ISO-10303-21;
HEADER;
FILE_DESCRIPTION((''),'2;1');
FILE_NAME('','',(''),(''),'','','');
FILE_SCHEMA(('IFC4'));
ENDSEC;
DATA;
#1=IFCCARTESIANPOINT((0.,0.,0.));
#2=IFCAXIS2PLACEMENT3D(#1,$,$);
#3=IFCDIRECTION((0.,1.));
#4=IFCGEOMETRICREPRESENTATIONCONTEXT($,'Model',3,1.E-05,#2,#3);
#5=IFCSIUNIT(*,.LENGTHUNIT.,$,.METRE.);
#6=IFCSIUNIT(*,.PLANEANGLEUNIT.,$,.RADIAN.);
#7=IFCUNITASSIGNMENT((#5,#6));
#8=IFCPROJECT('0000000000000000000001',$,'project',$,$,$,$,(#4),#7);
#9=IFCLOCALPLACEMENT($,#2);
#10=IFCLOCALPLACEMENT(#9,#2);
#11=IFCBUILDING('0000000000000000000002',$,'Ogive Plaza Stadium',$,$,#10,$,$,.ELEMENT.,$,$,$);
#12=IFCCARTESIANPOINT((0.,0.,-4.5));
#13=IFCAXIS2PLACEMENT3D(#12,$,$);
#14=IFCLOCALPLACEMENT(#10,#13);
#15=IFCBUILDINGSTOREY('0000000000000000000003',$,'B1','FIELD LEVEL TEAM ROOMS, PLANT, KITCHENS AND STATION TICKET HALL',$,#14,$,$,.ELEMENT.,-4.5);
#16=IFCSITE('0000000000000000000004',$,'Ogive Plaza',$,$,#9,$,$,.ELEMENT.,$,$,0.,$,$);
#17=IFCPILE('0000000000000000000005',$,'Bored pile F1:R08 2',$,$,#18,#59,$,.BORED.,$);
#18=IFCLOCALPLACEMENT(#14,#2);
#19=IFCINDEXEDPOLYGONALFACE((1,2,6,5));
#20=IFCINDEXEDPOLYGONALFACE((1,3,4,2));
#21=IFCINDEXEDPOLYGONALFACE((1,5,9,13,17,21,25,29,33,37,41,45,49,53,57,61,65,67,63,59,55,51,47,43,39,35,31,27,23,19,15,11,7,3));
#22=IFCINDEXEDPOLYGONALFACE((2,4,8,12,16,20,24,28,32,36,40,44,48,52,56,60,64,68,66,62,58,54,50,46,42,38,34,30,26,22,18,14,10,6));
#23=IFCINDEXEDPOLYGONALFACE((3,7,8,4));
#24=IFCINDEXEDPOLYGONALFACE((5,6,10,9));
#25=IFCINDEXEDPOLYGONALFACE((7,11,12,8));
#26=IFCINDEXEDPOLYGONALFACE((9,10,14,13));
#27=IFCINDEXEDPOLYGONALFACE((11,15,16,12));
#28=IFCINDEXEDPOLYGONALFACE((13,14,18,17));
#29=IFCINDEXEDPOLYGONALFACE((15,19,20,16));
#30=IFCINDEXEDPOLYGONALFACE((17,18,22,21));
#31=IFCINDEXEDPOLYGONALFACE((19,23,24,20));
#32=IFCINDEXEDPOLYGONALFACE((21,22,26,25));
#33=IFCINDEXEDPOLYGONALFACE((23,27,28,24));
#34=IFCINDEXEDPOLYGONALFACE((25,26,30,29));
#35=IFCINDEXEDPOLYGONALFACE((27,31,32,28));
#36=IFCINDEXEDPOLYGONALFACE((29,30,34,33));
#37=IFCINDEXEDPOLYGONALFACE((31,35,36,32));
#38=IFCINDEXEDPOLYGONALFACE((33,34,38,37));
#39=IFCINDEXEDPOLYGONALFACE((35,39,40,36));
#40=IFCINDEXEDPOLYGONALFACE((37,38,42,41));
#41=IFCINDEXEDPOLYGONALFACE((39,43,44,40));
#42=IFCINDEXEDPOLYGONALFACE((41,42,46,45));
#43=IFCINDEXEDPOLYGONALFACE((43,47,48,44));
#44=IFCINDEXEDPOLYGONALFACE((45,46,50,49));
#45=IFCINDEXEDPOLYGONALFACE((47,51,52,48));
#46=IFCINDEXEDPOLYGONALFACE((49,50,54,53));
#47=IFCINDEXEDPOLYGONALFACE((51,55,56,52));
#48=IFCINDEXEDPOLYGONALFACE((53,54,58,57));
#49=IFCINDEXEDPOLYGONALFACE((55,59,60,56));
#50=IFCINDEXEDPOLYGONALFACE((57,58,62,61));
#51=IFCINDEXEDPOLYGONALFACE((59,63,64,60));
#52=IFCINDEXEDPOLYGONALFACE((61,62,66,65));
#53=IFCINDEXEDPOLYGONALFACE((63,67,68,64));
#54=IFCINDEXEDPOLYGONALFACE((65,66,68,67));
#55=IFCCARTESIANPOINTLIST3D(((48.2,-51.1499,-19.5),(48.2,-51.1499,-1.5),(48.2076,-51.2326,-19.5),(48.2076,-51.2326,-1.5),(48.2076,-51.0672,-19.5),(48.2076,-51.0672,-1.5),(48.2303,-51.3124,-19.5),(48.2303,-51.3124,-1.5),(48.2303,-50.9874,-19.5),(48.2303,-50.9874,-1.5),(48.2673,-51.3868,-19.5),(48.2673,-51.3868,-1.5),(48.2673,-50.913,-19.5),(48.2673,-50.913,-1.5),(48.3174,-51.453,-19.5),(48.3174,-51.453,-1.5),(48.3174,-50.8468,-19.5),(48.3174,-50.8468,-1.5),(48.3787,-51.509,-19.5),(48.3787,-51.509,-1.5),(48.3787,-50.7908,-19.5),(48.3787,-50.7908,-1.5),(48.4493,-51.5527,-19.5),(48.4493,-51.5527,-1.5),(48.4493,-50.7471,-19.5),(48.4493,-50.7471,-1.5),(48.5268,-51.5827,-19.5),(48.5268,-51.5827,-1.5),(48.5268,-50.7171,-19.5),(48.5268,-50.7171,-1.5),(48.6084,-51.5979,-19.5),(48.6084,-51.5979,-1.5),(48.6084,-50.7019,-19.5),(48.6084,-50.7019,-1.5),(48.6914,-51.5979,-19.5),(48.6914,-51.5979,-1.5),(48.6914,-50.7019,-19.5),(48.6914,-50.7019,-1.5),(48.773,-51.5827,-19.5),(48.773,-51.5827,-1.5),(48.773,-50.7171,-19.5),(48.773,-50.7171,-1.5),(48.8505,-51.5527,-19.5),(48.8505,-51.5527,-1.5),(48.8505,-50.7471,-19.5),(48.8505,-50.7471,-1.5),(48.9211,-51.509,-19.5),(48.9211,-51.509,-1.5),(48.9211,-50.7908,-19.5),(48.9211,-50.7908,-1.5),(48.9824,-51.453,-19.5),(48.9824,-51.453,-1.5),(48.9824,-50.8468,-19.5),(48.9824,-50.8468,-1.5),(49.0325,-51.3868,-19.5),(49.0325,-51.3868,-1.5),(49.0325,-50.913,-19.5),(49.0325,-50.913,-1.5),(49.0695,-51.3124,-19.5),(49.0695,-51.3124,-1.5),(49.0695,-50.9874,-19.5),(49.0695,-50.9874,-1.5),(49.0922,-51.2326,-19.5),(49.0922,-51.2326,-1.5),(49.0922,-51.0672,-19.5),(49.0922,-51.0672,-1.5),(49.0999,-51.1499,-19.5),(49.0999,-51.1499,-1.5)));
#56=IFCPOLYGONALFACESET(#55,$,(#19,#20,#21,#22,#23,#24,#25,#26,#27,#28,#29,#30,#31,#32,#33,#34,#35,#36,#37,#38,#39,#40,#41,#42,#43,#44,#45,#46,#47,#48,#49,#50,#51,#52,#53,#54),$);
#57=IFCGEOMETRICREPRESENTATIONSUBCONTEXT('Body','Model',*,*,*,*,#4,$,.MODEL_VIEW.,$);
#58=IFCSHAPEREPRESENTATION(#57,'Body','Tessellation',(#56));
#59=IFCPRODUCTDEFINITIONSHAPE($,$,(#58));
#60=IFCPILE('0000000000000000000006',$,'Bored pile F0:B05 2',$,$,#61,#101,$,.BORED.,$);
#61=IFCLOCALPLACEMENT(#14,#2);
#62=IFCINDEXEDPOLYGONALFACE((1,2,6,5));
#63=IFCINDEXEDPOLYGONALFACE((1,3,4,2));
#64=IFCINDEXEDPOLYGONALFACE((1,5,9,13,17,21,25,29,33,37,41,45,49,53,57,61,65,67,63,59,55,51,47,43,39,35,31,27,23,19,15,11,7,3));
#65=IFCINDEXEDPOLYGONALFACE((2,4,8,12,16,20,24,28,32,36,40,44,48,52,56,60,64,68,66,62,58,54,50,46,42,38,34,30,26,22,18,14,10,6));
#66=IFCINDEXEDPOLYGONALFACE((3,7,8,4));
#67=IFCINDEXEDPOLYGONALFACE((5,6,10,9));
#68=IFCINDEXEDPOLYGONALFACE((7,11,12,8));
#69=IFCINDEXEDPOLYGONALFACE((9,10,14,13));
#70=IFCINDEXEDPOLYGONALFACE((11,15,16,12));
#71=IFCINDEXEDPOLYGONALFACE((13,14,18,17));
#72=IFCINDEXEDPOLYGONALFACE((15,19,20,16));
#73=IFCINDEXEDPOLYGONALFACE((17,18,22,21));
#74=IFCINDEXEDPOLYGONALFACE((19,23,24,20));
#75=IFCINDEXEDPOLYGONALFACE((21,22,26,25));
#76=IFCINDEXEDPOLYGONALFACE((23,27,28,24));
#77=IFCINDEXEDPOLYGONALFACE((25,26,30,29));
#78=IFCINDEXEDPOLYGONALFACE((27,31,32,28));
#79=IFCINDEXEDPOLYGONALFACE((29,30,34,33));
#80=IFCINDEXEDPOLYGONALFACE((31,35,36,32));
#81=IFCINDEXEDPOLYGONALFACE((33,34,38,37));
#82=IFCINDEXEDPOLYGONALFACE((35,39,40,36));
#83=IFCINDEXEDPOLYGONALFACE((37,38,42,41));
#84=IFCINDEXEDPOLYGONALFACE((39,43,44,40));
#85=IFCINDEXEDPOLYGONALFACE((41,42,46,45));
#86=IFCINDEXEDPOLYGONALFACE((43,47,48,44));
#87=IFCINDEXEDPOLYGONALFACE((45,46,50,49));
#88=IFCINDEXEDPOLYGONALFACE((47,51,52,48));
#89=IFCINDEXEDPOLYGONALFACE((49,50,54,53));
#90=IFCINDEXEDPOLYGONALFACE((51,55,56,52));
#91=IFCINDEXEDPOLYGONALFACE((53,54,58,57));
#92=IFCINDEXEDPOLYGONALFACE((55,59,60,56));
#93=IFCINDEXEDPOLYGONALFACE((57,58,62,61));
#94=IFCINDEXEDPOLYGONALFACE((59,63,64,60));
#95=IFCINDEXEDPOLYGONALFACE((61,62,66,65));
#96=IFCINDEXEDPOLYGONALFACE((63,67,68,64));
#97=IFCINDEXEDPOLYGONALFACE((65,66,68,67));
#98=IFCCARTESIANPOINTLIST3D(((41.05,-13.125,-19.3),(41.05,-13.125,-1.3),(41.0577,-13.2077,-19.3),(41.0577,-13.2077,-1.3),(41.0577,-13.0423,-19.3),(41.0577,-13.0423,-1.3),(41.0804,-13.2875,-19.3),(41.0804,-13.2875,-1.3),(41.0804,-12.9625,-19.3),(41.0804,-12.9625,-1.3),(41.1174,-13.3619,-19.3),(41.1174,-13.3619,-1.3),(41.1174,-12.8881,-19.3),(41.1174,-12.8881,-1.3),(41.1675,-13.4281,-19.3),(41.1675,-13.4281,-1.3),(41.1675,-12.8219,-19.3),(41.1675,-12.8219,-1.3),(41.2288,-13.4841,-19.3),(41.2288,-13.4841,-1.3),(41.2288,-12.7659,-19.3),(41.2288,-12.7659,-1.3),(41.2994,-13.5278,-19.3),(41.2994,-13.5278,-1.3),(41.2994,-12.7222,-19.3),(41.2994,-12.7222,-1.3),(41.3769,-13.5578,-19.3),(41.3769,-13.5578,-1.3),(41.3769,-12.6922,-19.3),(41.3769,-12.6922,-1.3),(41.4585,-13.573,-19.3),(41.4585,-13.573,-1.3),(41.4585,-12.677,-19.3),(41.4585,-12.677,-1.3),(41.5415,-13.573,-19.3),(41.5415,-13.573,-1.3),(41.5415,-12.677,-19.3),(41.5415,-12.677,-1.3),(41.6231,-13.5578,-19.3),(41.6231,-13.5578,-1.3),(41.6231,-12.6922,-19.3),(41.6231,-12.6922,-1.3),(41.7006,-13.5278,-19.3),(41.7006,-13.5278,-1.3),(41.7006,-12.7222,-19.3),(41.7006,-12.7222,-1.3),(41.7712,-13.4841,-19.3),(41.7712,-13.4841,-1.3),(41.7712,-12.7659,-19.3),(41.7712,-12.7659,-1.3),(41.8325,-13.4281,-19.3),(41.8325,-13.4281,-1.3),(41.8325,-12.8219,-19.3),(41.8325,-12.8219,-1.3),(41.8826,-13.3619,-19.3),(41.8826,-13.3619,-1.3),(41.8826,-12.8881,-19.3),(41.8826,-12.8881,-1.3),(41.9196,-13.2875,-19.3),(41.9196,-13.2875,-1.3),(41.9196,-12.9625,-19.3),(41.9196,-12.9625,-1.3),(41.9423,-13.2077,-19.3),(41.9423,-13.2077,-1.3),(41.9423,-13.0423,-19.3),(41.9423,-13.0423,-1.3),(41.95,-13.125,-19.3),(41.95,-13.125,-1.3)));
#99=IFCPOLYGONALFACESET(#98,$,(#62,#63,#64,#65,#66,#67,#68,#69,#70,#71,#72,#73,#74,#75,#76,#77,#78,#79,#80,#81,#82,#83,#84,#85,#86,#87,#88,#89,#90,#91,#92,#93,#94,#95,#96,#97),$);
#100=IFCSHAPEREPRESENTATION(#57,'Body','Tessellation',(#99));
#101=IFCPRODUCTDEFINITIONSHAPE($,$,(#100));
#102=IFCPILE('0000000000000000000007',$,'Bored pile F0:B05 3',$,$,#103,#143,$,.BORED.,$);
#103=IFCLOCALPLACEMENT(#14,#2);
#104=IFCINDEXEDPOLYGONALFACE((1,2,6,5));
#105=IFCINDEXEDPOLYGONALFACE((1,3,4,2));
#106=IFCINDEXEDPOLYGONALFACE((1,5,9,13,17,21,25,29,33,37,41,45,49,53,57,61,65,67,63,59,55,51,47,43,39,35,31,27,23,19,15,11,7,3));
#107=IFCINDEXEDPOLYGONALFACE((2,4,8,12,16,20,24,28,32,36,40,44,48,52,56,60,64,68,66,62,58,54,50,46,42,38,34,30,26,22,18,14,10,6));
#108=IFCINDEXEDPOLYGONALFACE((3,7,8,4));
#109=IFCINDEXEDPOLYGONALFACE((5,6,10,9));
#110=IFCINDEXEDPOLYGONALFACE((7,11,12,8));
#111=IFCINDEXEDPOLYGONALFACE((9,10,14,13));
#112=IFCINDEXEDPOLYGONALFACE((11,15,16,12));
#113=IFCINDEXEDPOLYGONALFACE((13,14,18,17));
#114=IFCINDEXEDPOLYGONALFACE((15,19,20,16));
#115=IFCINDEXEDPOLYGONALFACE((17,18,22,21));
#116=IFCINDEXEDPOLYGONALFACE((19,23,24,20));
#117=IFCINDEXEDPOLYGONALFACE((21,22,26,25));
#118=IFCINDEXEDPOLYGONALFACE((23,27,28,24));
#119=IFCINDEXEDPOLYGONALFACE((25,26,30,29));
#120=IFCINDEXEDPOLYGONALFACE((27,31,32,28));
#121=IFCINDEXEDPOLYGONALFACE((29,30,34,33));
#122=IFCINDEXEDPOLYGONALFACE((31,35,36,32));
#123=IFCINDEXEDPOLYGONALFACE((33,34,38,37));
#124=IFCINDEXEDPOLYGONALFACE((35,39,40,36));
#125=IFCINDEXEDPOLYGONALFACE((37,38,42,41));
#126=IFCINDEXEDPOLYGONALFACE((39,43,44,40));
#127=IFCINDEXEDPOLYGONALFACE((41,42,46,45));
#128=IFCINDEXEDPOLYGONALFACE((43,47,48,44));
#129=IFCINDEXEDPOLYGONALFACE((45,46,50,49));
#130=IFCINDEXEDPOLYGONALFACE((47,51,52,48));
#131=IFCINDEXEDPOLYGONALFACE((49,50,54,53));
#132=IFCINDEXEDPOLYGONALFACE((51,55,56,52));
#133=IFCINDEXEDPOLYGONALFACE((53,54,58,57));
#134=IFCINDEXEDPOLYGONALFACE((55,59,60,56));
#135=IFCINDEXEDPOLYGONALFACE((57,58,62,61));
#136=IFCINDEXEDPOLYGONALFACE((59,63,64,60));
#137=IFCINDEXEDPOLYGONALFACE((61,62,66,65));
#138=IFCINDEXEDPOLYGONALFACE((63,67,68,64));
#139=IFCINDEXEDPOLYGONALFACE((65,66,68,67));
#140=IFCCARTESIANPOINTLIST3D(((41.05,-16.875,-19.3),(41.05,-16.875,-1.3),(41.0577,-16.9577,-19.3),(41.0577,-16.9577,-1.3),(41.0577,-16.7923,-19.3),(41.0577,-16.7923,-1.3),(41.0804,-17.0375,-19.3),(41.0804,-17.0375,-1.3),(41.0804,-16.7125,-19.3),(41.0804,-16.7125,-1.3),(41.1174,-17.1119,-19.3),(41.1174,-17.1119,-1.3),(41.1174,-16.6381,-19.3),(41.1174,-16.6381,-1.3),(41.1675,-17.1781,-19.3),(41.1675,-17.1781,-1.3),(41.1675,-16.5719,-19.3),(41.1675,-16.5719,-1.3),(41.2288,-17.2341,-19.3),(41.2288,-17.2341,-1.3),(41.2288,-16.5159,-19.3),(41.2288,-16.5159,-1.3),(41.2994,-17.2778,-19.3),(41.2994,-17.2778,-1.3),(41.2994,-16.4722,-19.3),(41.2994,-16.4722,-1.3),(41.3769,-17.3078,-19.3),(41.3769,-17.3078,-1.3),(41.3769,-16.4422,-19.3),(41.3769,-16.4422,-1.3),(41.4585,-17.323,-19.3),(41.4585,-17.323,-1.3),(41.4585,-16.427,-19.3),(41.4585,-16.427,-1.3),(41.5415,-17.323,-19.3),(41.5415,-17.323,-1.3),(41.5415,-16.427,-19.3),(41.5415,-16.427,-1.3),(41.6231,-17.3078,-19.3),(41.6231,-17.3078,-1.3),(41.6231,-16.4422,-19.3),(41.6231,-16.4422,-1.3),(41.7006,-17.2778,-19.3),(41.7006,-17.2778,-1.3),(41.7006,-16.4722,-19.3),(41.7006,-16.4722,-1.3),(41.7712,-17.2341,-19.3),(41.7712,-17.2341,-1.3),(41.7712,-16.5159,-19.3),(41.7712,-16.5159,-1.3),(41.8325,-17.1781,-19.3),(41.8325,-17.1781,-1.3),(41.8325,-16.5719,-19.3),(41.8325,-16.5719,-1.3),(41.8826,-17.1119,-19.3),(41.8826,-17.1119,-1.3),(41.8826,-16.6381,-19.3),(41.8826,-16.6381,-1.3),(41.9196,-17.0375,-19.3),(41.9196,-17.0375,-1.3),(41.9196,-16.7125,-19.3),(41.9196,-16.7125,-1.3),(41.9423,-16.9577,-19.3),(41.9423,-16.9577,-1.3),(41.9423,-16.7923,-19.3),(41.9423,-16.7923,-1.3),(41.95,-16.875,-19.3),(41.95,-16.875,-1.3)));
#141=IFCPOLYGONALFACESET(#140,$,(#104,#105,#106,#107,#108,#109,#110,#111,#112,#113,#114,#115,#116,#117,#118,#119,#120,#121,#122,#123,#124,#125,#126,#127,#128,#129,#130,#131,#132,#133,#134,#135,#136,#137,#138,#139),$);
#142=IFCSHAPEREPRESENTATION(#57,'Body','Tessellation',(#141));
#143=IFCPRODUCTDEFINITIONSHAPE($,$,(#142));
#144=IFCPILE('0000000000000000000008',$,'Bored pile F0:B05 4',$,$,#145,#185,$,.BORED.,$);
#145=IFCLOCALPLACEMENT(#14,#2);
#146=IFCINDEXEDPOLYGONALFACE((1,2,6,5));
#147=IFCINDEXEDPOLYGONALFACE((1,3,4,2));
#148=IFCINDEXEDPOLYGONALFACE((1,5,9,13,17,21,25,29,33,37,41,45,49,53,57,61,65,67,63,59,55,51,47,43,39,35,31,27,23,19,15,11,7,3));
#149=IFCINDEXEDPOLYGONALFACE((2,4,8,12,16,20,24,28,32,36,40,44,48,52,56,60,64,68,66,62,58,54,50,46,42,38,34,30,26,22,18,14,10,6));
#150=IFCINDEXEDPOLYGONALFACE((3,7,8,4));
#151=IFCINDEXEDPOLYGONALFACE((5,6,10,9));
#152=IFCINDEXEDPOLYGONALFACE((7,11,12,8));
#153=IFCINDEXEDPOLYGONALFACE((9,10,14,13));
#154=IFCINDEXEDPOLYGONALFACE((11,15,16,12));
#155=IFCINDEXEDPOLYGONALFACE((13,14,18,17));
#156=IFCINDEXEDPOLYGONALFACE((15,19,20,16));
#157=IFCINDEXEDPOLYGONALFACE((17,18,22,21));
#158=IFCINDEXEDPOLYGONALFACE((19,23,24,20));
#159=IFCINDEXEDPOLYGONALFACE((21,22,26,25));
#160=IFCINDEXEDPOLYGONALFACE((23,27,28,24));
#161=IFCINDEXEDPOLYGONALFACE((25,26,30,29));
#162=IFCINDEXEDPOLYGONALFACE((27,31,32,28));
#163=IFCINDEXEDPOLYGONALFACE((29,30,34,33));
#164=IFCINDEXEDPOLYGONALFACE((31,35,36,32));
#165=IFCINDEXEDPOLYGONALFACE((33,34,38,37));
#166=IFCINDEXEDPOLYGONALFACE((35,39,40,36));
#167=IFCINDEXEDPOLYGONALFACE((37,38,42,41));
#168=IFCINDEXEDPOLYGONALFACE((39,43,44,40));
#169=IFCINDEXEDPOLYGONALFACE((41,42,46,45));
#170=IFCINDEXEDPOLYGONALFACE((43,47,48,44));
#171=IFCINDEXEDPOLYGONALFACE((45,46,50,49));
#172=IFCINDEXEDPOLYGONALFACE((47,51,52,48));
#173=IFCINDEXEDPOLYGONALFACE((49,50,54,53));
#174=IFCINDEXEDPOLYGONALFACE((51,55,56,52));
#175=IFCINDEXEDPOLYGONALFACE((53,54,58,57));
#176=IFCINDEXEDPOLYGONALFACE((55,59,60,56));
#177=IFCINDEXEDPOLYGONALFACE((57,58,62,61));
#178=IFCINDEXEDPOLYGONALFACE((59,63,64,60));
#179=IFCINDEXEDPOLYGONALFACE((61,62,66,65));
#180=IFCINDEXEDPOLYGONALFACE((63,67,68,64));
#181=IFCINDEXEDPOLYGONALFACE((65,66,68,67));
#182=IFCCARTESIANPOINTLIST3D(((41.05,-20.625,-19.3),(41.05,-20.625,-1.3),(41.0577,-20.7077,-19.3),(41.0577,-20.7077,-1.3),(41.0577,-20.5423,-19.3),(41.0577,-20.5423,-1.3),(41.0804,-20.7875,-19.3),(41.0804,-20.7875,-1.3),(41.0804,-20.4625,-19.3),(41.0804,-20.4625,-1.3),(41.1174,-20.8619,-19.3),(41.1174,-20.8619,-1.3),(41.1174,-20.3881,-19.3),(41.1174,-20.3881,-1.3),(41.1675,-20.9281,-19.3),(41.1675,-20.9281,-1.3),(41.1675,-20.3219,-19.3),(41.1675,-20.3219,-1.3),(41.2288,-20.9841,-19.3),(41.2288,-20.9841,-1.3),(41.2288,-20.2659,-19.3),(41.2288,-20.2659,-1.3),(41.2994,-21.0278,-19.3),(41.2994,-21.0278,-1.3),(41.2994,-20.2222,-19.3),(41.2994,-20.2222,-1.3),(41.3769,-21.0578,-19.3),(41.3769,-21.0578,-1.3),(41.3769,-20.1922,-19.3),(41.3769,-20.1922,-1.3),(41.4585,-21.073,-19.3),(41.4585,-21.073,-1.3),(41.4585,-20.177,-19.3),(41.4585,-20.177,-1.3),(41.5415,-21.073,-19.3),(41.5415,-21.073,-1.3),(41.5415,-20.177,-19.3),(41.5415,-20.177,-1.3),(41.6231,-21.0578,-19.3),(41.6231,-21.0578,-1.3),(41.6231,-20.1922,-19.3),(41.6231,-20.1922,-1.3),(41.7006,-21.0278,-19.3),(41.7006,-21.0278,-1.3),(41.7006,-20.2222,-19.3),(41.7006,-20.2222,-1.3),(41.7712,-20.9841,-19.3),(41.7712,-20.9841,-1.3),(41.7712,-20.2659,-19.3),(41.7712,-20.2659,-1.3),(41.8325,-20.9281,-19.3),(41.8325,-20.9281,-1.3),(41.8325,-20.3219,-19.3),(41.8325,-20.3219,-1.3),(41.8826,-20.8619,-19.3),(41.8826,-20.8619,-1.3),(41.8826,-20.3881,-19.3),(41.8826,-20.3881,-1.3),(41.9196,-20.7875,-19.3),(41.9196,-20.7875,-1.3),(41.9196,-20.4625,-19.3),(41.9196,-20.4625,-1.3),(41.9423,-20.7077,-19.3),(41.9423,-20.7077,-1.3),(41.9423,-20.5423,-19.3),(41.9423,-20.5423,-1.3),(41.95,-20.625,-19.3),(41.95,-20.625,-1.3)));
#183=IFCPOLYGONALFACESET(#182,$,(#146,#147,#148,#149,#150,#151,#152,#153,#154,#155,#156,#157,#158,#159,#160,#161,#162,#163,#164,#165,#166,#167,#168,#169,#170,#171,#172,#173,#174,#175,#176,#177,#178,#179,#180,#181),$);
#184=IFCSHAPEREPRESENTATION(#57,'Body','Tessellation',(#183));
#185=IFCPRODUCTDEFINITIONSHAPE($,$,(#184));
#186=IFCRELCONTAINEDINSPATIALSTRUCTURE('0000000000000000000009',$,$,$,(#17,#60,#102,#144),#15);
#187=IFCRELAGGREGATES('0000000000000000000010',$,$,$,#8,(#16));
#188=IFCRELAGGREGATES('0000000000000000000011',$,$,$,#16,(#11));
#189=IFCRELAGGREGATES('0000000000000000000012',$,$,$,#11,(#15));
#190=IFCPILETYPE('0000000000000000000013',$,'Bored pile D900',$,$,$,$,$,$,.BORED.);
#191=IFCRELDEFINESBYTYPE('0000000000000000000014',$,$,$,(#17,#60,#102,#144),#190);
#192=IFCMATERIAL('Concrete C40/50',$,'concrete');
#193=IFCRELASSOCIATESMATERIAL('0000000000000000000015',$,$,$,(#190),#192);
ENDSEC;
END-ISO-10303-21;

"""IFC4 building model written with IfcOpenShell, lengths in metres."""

from ifc_helpers import new_model, si_unit, direction, frame, origin, origin_2d, place, context, subcontext, project, spatial, circle, extrude, material, material_profile, profile_set, type_object, element, save


model = new_model("IFC4")

# Units and contexts
model_context = context("Model", 3, precision=1e-05, world=origin(), true_north=direction((0.0, 1.0)))
body_context = subcontext(model_context, "Body", "Model", "MODEL_VIEW")
ifc_project = project(units=[si_unit("LENGTHUNIT", "METRE"), si_unit("PLANEANGLEUNIT", "RADIAN")], contexts=[model_context])

# Site, building, storey
site_placement = place(None, origin())
site = spatial("IfcSite", under=ifc_project, at=site_placement, Name="Ogive Plaza", CompositionType="ELEMENT", RefElevation=0.0)
building_placement = place(site_placement, origin())
building = spatial("IfcBuilding", under=site, at=building_placement, Name="Ogive Plaza Stadium", CompositionType="ELEMENT")
storey_placement = place(building_placement, frame((0.0, 0.0, -4.5)))
storey = spatial("IfcBuildingStorey", under=building, at=storey_placement, Name="B1", Description="FIELD LEVEL TEAM ROOMS, PLANT, KITCHENS AND STATION TICKET HALL", CompositionType="ELEMENT", Elevation=-4.5)

# Piles
ifc_material_1 = material(Name="Concrete C40/50", Category="concrete")
ifc_material_profile_1 = material_profile(ifc_material_1, circle(Radius=0.45, at=origin_2d()), Name="RC D900")
ifc_profile_set_1 = profile_set([ifc_material_profile_1], Name="Concrete C40/50")
pile_type = type_object("IfcPileType", Name="Bored pile D900", PredefinedType="BORED", material=ifc_profile_set_1)
for number, where, z_axis, x_axis, name in (
    (1, (48.6499, -51.1499, -1.5), (0.0, 0.0, -1.0), (1.0, 0.0, 0.0), "Bored pile F1:R08 2"),
    (2, (41.5, -13.125, -1.3), (0.0, 0.0, -1.0), (1.0, 0.0, 0.0), "Bored pile F0:B05 2"),
    (3, (41.5, -16.875, -1.3), (0.0, 0.0, -1.0), (1.0, 0.0, 0.0), "Bored pile F0:B05 3"),
    (4, (41.5, -20.625, -1.3), (0.0, 0.0, -1.0), (1.0, 0.0, 0.0), "Bored pile F0:B05 4"),
):
    element("IfcPile", number, at=place(storey_placement, frame(where, z_axis=z_axis, x_axis=x_axis)), inside=storey, type_object=pile_type, Name=name, PredefinedType="BORED", context=body_context, shape_type="SweptSolid", body=[
        extrude(circle(Radius=0.45, at=origin_2d()), origin(), (0.0, 0.0, 1.0), 18.0),
    ])

save(model, "model.ifc")
